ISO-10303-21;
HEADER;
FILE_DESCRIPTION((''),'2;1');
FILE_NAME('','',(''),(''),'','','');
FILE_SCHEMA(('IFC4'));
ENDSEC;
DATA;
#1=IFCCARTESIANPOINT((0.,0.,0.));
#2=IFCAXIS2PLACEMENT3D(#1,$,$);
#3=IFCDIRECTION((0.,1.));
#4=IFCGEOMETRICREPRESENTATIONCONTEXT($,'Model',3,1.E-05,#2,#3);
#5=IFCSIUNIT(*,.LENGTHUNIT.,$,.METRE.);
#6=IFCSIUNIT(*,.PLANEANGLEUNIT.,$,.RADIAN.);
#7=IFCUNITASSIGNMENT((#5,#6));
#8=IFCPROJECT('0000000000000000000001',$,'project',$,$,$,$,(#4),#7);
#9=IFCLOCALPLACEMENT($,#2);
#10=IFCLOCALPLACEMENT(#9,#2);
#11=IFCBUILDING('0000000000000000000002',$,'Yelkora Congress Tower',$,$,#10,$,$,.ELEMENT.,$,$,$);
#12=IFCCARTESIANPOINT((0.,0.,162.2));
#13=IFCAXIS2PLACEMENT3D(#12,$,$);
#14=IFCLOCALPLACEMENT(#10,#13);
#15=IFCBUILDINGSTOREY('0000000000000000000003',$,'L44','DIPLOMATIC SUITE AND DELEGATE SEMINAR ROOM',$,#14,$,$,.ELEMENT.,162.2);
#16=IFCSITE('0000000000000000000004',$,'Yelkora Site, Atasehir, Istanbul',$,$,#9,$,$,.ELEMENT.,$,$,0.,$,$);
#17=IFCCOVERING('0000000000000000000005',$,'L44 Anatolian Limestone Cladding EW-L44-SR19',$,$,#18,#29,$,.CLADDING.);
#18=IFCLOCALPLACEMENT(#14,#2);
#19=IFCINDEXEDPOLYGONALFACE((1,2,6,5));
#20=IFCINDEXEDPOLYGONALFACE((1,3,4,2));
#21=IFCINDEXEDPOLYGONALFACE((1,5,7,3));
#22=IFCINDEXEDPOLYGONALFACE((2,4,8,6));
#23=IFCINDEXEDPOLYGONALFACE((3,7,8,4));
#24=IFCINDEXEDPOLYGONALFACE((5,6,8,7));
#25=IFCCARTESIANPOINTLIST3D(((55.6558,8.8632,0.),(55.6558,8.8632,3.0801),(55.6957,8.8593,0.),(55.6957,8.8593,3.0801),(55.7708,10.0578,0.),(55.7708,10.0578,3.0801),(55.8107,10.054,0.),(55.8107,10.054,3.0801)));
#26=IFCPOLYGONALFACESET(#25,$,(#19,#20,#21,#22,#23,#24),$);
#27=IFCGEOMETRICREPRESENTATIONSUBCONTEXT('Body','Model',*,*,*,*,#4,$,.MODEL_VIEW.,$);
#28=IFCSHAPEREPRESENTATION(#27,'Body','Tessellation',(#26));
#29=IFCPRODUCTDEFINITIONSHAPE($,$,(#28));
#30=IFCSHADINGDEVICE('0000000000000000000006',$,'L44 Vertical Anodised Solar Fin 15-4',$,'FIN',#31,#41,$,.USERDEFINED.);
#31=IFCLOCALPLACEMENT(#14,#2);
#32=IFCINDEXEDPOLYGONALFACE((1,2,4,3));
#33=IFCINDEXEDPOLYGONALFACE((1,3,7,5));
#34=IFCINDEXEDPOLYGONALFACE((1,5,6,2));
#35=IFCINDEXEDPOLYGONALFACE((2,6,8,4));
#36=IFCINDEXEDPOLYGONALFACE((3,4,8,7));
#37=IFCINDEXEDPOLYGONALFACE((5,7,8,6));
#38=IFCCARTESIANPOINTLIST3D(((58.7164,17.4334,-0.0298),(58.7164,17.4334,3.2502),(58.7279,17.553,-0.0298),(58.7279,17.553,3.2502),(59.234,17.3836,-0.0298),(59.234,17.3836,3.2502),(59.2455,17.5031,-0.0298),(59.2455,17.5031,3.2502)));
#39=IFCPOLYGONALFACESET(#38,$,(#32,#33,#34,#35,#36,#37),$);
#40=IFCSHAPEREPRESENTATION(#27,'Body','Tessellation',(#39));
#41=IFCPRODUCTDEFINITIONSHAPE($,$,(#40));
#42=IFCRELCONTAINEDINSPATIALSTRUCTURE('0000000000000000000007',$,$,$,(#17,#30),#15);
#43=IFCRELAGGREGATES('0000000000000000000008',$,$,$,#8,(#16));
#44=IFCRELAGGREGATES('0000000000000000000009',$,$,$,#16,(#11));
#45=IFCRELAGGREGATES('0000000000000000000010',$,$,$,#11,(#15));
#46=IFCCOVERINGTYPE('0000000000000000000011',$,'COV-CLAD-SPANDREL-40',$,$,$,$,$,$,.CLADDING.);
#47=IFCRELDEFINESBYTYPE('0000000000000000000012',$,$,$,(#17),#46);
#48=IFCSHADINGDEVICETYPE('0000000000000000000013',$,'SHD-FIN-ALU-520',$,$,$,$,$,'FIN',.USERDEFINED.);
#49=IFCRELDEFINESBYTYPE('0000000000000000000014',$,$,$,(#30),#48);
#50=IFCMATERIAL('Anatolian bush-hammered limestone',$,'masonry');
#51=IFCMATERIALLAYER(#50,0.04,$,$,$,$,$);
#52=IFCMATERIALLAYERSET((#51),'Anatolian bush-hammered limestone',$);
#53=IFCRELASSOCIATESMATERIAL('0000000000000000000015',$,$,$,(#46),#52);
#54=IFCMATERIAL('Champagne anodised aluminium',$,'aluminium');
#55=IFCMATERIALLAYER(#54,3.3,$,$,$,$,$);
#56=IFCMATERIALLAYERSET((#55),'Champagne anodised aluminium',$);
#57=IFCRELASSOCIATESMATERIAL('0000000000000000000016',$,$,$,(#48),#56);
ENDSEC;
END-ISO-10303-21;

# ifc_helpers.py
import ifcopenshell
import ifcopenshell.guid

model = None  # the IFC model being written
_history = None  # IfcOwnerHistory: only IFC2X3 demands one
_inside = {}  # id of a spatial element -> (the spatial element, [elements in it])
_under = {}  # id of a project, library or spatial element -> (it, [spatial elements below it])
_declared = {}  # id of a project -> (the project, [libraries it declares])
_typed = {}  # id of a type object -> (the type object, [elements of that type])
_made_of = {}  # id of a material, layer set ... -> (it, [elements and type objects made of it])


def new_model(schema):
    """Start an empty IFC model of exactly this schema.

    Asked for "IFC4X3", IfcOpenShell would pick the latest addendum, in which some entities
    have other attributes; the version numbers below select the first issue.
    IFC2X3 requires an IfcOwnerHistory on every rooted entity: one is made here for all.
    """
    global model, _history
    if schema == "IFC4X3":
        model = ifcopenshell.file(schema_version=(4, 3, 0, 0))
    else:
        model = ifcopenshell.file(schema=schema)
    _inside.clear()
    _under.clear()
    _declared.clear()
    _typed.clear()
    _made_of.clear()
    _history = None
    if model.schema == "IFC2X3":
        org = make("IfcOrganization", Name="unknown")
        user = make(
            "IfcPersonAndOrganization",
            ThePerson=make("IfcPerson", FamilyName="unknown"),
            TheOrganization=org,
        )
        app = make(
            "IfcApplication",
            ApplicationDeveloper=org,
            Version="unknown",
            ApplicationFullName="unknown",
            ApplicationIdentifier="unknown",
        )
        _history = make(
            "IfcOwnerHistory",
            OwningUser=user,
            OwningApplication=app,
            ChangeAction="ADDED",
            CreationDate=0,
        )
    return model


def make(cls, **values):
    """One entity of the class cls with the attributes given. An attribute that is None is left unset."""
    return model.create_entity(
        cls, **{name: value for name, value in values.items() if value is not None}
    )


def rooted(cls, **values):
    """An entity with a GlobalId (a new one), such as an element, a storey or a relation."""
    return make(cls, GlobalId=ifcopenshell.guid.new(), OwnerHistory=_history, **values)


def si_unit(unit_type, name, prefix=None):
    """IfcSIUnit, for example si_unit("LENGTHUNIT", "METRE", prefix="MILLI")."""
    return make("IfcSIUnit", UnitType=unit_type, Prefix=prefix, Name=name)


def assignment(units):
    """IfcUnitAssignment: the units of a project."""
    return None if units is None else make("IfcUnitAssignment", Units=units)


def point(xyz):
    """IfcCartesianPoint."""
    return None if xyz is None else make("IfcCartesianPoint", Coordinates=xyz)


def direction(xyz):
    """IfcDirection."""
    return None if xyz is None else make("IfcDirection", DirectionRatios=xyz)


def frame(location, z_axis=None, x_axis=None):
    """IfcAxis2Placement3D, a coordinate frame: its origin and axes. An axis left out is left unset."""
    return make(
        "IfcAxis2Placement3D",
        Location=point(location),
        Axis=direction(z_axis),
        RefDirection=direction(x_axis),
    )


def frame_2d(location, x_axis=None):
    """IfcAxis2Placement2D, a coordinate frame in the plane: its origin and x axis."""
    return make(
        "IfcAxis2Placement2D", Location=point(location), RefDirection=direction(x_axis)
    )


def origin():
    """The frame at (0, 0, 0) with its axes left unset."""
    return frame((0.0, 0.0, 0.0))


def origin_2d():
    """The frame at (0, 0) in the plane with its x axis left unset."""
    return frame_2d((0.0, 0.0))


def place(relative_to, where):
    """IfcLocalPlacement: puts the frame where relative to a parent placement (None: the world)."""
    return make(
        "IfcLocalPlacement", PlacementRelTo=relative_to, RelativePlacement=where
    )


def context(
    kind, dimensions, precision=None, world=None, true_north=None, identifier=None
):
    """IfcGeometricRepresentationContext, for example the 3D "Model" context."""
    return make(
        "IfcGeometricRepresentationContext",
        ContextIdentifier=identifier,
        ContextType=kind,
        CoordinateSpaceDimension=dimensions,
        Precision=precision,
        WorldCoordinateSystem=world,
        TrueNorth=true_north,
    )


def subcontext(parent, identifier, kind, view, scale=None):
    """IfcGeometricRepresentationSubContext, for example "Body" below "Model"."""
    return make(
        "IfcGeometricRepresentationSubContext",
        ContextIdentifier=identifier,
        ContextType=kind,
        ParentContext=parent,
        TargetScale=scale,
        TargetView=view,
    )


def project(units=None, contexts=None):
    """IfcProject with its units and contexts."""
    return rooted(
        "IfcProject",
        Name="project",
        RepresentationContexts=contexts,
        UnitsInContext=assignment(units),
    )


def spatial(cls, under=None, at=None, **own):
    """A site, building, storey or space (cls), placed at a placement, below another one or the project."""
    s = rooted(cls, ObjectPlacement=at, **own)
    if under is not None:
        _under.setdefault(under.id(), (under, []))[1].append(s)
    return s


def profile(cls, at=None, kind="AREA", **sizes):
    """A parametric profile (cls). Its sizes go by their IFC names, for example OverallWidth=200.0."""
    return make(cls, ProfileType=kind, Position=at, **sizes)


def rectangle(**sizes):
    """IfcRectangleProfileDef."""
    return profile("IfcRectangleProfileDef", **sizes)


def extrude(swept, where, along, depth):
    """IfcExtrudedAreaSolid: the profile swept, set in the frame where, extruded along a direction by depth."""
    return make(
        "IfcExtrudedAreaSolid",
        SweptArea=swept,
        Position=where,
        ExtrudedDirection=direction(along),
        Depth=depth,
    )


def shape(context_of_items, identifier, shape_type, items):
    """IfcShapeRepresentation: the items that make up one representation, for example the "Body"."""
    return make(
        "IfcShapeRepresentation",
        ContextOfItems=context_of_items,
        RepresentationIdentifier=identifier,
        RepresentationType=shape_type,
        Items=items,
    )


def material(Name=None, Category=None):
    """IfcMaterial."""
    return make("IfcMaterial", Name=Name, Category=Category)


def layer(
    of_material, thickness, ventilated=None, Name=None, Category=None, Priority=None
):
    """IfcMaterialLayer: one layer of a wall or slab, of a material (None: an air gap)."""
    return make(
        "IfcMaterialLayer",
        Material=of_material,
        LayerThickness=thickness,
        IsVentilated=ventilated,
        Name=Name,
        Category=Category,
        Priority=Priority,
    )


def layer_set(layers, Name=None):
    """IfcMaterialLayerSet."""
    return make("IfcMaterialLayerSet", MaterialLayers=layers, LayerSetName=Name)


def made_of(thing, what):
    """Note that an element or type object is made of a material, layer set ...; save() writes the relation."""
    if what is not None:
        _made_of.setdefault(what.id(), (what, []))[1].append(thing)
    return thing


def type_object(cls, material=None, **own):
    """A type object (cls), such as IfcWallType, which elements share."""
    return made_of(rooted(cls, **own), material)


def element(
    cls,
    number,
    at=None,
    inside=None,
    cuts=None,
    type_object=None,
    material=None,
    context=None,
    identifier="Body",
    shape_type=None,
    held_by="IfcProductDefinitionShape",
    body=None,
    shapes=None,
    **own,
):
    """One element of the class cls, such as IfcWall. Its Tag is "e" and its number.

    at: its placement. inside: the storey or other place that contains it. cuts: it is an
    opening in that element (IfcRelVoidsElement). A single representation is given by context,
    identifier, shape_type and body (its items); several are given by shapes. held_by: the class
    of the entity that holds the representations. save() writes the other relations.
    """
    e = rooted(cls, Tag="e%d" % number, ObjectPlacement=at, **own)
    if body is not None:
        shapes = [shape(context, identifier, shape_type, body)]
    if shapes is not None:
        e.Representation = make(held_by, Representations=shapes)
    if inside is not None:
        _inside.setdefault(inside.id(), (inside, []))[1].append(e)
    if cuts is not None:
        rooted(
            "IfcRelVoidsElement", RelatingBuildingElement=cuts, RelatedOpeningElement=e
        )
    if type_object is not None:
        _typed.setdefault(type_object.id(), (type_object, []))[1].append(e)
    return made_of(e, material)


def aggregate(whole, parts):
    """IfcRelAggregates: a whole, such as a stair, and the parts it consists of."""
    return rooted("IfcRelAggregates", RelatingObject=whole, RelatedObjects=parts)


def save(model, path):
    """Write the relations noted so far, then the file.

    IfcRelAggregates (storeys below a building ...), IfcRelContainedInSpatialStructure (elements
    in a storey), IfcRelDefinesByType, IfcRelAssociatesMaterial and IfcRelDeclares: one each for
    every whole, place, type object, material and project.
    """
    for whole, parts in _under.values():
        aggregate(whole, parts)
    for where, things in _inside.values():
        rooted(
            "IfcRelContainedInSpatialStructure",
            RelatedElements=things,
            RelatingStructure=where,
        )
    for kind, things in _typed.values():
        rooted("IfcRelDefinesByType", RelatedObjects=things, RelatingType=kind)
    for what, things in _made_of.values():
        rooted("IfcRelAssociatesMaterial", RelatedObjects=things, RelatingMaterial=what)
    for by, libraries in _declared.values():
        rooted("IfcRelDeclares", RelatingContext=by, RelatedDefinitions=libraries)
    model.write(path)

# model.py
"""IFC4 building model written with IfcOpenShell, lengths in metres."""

from ifc_helpers import new_model, si_unit, direction, frame, frame_2d, origin, origin_2d, place, context, subcontext, project, spatial, rectangle, extrude, material, layer, layer_set, type_object, element, save


model = new_model("IFC4")

# Units and contexts
model_context = context("Model", 3, precision=1e-05, world=origin(), true_north=direction((0.0, 1.0)))
body_context = subcontext(model_context, "Body", "Model", "MODEL_VIEW")
ifc_project = project(units=[si_unit("LENGTHUNIT", "METRE"), si_unit("PLANEANGLEUNIT", "RADIAN")], contexts=[model_context])

# Site, building, storey
site_placement = place(None, origin())
site = spatial("IfcSite", under=ifc_project, at=site_placement, Name="Yelkora Site, Atasehir, Istanbul", CompositionType="ELEMENT", RefElevation=0.0)
building_placement = place(site_placement, origin())
building = spatial("IfcBuilding", under=site, at=building_placement, Name="Yelkora Congress Tower", CompositionType="ELEMENT")
storey_placement = place(building_placement, frame((0.0, 0.0, 162.2)))
storey = spatial("IfcBuildingStorey", under=building, at=storey_placement, Name="L44", Description="DIPLOMATIC SUITE AND DELEGATE SEMINAR ROOM", CompositionType="ELEMENT", Elevation=162.2)

# Covering
ifc_material_1 = material(Name="Anatolian bush-hammered limestone", Category="masonry")
ifc_layer_1 = layer(ifc_material_1, 0.04)
ifc_layer_set_1 = layer_set([ifc_layer_1], Name="Anatolian bush-hammered limestone")
covering_type = type_object("IfcCoveringType", Name="COV-CLAD-SPANDREL-40", PredefinedType="CLADDING", material=ifc_layer_set_1)
for number, where, z_axis, x_axis, name in (
    (1, (55.7908, 10.0559, 0.0), (0.0, 0.0, 1.0), (-0.095817, -0.995399, 0.0), "L44 Anatolian Limestone Cladding EW-L44-SR19"),
):
    element("IfcCovering", number, at=place(storey_placement, frame(where, z_axis=z_axis, x_axis=x_axis)), inside=storey, type_object=covering_type, Name=name, PredefinedType="CLADDING", context=body_context, shape_type="SweptSolid", body=[
        extrude(rectangle(XDim=1.2002, YDim=0.04, at=frame_2d((0.6001, 0.0))), origin(), (0.0, 0.0, 1.0), 3.0801),
    ])

# Shading device
ifc_material_2 = material(Name="Champagne anodised aluminium", Category="aluminium")
ifc_layer_2 = layer(ifc_material_2, 3.3)
ifc_layer_set_2 = layer_set([ifc_layer_2], Name="Champagne anodised aluminium")
shading_device_type = type_object("IfcShadingDeviceType", Name="SHD-FIN-ALU-520", ElementType="FIN", PredefinedType="USERDEFINED", material=ifc_layer_set_2)
shading_device_placement = place(storey_placement, frame((58.981, 17.4683, -0.0298), z_axis=(0.0, 0.0, 1.0), x_axis=(-0.095846, -0.995396, 0.0)))
element("IfcShadingDevice", 2, at=shading_device_placement, inside=storey, type_object=shading_device_type, Name="L44 Vertical Anodised Solar Fin 15-4", ObjectType="FIN", PredefinedType="USERDEFINED", context=body_context, shape_type="SweptSolid", body=[
    extrude(rectangle(XDim=0.1201, YDim=0.52, at=origin_2d()), origin(), (0.0, 0.0, 1.0), 3.28),
])

save(model, "model.ifc")
